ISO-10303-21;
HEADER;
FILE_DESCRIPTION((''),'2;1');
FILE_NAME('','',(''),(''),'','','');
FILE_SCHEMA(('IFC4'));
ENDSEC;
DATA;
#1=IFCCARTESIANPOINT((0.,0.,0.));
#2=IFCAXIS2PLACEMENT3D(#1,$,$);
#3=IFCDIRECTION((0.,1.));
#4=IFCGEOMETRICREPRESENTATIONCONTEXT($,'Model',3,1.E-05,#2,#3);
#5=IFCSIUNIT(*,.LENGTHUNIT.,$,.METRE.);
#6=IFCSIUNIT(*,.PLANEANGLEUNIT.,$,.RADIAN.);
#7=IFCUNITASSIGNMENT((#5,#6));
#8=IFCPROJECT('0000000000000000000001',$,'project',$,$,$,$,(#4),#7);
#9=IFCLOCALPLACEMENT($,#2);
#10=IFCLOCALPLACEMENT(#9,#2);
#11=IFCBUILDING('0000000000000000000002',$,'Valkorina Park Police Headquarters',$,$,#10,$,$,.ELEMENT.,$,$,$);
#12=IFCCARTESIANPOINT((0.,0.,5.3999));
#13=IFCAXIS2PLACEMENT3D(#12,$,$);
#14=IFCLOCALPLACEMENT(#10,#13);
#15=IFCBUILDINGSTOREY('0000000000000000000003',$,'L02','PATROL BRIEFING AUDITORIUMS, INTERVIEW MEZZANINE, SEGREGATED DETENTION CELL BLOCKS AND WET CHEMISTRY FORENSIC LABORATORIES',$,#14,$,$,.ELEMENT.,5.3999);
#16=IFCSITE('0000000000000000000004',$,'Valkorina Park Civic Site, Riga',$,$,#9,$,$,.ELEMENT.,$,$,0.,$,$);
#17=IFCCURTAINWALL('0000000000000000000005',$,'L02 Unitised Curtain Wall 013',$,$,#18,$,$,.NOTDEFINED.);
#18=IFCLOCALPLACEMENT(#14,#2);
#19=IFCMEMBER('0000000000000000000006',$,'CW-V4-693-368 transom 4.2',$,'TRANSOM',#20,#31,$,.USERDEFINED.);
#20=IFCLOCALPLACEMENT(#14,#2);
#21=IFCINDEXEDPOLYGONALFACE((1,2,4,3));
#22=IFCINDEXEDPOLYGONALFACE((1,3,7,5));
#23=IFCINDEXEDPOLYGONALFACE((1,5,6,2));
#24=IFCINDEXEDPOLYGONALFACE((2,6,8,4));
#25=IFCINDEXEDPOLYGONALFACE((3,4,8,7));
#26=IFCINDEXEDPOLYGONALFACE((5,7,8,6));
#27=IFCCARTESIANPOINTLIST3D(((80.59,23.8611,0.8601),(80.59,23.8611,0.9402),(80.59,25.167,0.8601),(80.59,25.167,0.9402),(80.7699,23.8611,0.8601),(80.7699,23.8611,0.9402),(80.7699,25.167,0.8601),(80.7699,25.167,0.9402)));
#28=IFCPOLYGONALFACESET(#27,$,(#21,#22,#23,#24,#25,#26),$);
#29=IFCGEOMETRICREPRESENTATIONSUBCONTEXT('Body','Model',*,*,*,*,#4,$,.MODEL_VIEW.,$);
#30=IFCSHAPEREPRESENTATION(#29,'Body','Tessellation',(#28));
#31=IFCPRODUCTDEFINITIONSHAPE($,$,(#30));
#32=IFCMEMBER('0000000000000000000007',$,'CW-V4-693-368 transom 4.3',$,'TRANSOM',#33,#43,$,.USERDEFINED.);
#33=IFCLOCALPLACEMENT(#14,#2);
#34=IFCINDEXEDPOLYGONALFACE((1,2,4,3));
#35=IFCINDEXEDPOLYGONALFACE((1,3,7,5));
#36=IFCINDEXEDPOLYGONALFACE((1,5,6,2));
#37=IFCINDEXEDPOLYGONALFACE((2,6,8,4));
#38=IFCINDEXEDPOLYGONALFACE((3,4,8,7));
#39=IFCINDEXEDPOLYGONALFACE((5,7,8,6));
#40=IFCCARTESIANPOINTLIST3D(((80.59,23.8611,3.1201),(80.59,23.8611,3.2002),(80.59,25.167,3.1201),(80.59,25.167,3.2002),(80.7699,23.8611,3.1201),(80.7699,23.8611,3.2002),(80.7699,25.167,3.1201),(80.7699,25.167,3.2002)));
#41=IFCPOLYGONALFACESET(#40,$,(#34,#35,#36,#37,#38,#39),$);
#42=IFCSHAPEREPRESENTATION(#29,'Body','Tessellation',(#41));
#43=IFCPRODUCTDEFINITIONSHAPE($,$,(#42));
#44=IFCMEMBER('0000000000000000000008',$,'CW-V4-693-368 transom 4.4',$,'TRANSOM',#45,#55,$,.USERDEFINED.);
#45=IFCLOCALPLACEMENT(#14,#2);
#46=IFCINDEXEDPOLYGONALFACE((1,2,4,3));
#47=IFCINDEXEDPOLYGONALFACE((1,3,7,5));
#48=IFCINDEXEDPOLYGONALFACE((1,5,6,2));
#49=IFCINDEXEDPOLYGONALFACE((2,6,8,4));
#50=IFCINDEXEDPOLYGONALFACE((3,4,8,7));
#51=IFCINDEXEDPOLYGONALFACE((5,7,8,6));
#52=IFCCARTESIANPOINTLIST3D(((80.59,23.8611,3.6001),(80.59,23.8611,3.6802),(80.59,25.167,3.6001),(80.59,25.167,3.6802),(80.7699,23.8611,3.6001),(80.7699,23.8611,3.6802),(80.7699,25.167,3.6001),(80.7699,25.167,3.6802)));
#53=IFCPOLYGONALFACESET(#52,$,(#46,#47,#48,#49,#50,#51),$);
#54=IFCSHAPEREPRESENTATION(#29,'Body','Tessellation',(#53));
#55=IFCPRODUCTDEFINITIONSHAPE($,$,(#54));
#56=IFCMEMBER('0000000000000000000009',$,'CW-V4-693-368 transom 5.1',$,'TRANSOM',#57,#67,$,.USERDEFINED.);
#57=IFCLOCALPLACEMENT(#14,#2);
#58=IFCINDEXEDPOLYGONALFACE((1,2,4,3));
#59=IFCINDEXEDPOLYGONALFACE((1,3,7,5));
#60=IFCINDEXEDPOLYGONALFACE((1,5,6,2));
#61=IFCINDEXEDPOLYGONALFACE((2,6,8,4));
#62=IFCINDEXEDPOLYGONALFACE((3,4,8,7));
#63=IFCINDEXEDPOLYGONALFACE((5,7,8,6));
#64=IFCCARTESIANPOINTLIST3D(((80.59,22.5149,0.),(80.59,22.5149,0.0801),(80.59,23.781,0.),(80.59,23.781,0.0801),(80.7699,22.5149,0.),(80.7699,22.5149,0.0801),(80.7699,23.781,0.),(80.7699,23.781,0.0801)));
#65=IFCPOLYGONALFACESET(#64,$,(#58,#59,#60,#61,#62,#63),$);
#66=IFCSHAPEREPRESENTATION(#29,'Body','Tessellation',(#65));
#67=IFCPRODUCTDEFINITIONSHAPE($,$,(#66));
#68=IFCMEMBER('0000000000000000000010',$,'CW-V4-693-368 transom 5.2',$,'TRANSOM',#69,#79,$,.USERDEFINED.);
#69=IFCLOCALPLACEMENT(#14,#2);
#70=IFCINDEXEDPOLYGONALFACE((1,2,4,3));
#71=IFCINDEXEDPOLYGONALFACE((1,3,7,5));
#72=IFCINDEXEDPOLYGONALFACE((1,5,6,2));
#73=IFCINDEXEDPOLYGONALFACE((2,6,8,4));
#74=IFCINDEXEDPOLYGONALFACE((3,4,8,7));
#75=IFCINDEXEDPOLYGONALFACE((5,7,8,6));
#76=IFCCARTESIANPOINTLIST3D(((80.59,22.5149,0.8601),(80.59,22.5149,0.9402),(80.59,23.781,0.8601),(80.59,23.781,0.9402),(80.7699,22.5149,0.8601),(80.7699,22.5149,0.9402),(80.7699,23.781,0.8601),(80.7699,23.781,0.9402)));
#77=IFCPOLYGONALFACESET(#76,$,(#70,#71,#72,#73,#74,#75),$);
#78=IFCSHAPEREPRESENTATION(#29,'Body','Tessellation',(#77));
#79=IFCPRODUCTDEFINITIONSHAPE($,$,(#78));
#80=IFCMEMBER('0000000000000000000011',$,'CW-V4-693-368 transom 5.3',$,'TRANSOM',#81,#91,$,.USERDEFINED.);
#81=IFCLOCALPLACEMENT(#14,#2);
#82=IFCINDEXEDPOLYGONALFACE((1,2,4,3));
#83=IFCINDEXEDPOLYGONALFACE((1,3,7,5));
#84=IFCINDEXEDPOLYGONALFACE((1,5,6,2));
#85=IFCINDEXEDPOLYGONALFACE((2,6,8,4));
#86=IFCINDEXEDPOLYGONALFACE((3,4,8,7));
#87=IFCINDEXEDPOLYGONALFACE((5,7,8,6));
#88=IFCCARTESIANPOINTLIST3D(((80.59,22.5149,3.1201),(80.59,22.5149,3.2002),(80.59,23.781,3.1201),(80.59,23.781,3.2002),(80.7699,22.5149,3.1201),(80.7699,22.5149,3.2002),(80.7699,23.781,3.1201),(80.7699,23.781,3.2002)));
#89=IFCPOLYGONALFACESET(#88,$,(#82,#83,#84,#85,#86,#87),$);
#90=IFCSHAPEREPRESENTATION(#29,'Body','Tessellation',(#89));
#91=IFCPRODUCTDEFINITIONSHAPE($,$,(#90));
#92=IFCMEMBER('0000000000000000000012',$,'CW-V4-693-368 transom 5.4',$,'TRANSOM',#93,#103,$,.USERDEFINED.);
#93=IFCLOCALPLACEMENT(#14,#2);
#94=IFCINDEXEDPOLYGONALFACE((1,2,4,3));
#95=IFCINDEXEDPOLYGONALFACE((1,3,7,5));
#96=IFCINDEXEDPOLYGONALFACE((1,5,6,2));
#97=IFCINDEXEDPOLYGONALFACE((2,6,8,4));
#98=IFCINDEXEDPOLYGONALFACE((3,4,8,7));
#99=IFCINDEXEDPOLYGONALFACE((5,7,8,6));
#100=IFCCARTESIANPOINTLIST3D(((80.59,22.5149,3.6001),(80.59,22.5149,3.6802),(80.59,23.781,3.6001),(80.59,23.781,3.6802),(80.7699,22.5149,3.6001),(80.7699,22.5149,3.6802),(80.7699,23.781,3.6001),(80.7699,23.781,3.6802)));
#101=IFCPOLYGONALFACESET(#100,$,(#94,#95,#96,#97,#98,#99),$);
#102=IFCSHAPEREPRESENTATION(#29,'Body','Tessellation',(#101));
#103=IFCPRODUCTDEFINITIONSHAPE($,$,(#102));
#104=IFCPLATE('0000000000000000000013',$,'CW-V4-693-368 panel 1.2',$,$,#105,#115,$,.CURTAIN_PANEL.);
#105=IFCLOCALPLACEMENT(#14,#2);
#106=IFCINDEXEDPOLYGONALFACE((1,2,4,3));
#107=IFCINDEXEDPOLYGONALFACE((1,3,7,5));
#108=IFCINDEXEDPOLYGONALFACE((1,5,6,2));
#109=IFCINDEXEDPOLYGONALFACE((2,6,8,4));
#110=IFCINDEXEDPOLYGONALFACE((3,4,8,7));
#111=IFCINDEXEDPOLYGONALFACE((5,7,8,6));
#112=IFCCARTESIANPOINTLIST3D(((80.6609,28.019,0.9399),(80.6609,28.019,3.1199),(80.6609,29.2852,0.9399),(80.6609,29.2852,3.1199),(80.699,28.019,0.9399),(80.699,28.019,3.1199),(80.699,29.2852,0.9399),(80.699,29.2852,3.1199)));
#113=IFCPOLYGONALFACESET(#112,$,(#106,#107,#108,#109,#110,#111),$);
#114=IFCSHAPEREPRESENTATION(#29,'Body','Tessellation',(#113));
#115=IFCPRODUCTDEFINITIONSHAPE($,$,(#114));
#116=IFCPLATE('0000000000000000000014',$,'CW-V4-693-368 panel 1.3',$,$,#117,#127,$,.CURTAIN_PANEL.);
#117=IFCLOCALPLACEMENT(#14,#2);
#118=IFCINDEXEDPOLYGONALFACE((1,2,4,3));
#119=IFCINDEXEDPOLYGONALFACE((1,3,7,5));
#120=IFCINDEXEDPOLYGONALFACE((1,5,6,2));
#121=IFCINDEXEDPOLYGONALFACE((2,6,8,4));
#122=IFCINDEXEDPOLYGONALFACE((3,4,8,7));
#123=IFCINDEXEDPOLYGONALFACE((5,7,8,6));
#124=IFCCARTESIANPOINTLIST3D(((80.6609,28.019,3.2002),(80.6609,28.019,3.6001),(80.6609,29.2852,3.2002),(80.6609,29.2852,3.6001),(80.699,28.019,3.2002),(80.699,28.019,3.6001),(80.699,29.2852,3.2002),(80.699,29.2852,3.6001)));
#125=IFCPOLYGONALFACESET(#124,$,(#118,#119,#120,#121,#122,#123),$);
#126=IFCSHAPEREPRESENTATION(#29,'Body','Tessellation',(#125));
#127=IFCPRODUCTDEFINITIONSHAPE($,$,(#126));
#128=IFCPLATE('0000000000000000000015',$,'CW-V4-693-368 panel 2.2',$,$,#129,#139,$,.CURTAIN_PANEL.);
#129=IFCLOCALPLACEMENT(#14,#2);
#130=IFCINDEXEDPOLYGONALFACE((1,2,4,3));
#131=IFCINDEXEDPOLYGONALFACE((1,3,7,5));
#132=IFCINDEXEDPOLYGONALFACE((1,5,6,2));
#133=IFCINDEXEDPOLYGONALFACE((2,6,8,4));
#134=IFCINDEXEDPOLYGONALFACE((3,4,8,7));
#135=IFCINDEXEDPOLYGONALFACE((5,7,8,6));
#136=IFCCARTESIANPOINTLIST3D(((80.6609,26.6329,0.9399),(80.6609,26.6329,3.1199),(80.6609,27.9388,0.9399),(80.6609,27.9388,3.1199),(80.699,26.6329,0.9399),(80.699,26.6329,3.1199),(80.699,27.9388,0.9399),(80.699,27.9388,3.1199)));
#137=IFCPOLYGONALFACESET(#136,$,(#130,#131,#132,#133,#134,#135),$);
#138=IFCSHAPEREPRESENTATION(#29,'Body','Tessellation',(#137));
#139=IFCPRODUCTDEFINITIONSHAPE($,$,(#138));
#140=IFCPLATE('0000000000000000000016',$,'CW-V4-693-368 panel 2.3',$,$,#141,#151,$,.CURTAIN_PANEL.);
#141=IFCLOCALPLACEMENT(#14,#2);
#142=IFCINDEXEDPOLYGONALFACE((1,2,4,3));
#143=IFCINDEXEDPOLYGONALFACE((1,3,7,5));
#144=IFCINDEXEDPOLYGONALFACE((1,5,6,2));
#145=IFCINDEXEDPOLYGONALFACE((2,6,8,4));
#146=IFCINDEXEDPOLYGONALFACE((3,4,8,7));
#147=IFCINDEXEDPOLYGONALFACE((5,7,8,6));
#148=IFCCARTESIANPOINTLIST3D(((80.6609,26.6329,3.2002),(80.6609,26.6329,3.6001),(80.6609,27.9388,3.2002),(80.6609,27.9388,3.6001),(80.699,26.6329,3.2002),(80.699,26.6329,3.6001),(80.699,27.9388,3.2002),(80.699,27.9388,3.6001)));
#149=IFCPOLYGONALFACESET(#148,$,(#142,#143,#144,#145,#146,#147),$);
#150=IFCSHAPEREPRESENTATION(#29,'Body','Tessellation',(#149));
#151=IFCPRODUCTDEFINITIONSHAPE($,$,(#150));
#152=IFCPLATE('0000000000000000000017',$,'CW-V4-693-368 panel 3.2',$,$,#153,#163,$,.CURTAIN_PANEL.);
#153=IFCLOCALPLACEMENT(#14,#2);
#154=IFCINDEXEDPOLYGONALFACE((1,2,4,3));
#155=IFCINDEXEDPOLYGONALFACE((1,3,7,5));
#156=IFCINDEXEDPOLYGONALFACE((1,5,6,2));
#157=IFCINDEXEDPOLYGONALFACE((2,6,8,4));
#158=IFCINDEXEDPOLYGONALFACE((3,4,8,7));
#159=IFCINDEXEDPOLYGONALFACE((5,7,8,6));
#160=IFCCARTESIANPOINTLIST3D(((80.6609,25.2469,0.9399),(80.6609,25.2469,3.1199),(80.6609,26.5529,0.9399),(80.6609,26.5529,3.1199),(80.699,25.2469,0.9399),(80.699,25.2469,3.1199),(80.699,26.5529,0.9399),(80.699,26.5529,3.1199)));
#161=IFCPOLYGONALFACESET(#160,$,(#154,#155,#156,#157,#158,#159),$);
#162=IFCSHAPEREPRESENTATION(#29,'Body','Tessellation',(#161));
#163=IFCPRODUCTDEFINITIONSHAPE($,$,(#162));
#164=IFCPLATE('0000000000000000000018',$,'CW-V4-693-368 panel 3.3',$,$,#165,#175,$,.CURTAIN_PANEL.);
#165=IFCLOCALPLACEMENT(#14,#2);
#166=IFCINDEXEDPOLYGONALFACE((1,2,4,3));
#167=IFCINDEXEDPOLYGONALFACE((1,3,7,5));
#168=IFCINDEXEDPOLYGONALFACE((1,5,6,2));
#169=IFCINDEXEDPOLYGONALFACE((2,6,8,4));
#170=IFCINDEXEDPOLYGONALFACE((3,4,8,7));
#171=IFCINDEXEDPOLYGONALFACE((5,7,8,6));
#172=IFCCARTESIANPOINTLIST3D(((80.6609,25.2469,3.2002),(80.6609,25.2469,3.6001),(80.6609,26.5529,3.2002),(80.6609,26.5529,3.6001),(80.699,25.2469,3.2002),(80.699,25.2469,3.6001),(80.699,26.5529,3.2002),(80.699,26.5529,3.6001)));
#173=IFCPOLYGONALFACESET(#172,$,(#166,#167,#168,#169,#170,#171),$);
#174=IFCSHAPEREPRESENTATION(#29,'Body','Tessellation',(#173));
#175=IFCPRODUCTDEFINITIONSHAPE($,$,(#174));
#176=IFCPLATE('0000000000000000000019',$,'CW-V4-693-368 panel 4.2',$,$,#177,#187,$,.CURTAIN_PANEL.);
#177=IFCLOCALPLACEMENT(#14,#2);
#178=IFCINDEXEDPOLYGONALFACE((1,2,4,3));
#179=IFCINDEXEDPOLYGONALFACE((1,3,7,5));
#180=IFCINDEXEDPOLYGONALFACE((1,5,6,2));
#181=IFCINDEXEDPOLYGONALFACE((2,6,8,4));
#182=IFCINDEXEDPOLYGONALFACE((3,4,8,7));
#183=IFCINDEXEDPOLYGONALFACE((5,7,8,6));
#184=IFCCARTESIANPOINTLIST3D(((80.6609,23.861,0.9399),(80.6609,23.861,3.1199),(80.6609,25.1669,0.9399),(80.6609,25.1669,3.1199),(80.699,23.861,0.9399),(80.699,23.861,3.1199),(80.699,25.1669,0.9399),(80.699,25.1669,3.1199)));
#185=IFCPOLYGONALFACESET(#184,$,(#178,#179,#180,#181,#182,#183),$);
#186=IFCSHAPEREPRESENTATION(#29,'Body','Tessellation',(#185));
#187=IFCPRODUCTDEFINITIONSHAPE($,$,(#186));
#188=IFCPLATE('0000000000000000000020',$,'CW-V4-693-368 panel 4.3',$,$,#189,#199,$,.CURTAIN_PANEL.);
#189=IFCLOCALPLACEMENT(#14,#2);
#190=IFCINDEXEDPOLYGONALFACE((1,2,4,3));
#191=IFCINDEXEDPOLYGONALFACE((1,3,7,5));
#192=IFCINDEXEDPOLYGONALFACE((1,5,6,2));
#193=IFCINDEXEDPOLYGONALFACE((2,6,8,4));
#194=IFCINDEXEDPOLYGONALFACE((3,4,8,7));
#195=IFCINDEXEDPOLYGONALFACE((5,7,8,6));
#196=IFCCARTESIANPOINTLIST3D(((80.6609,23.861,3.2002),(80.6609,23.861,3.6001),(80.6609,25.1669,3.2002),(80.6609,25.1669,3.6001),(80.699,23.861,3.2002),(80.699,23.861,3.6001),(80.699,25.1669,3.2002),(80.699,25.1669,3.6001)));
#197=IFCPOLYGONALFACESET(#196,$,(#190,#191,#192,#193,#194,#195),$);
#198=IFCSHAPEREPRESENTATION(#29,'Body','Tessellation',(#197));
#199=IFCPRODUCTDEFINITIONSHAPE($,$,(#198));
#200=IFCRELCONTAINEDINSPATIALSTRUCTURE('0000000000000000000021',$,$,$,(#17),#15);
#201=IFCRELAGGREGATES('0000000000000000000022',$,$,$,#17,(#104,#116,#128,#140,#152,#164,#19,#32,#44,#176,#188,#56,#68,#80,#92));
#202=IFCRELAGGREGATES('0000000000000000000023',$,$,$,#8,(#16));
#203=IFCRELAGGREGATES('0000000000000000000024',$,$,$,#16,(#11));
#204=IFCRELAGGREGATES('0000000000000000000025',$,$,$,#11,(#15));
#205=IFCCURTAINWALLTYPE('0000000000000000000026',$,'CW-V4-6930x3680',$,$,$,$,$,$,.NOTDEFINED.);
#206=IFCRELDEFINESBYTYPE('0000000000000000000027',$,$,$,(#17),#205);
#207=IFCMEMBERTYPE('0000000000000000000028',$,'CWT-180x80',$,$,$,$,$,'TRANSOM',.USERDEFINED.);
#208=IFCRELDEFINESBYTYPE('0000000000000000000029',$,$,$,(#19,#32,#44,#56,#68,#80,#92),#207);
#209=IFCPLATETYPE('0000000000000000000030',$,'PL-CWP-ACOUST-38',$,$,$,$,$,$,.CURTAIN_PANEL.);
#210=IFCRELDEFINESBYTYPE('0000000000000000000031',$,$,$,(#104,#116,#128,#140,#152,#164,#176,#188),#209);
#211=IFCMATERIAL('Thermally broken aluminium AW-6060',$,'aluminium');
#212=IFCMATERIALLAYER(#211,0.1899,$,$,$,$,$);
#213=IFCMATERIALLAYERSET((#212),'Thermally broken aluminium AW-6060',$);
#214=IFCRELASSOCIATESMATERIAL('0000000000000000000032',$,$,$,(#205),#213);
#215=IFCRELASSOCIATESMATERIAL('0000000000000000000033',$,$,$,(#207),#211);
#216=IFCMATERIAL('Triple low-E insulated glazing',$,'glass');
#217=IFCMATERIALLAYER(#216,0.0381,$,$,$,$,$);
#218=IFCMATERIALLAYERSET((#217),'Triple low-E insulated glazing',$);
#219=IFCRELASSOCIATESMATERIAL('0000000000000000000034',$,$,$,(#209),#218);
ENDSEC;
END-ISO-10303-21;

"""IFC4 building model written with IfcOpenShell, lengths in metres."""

from ifc_helpers import new_model, si_unit, direction, frame, origin, origin_2d, place, context, subcontext, project, spatial, rectangle, extrude, material, layer, layer_set, material_profile, profile_set, type_object, element, aggregate, save


model = new_model("IFC4")

# Units and contexts
model_context = context("Model", 3, precision=1e-05, world=origin(), true_north=direction((0.0, 1.0)))
body_context = subcontext(model_context, "Body", "Model", "MODEL_VIEW")
ifc_project = project(units=[si_unit("LENGTHUNIT", "METRE"), si_unit("PLANEANGLEUNIT", "RADIAN")], contexts=[model_context])

# Site, building, storey
site_placement = place(None, origin())
site = spatial("IfcSite", under=ifc_project, at=site_placement, Name="Valkorina Park Civic Site, Riga", CompositionType="ELEMENT", RefElevation=0.0)
building_placement = place(site_placement, origin())
building = spatial("IfcBuilding", under=site, at=building_placement, Name="Valkorina Park Police Headquarters", CompositionType="ELEMENT")
storey_placement = place(building_placement, frame((0.0, 0.0, 5.3999)))
storey = spatial("IfcBuildingStorey", under=building, at=storey_placement, Name="L02", Description="PATROL BRIEFING AUDITORIUMS, INTERVIEW MEZZANINE, SEGREGATED DETENTION CELL BLOCKS AND WET CHEMISTRY FORENSIC LABORATORIES", CompositionType="ELEMENT", Elevation=5.3999)

# Curtain wall
ifc_material_1 = material(Name="Thermally broken aluminium AW-6060", Category="aluminium")
ifc_layer_1 = layer(ifc_material_1, 0.1899)
ifc_layer_set_1 = layer_set([ifc_layer_1], Name="Thermally broken aluminium AW-6060")
curtain_wall_type_1 = type_object("IfcCurtainWallType", Name="CW-V4-6930x3680", PredefinedType="NOTDEFINED", material=ifc_layer_set_1)
curtain_wall_1_placement = place(storey_placement, origin())
curtain_wall_1 = element("IfcCurtainWall", 1, at=curtain_wall_1_placement, inside=storey, type_object=curtain_wall_type_1, Name="L02 Unitised Curtain Wall 013", PredefinedType="NOTDEFINED")

# Members
ifc_material_profile_1 = material_profile(ifc_material_1, rectangle(XDim=0.1799, YDim=0.0801, at=origin_2d()), Name="CWT-03 180x80")
ifc_profile_set_1 = profile_set([ifc_material_profile_1], Name="Thermally broken aluminium AW-6060")
member_type_1 = type_object("IfcMemberType", Name="CWT-180x80", ElementType="TRANSOM", PredefinedType="USERDEFINED", material=ifc_profile_set_1)
member_1_placement = place(storey_placement, frame((80.6799, 25.167, 0.9001), z_axis=(0.0, -1.0, 0.0), x_axis=(1.0, 0.0, 0.0)))
member_1 = element("IfcMember", 2, at=member_1_placement, type_object=member_type_1, Name="CW-V4-693-368 transom 4.2", ObjectType="TRANSOM", PredefinedType="USERDEFINED", context=body_context, shape_type="SweptSolid", body=[
    extrude(rectangle(XDim=0.1799, YDim=0.0801, at=origin_2d()), origin(), (0.0, 0.0, 1.0), 1.3059),
])
member_2_placement = place(storey_placement, frame((80.6799, 25.167, 3.1602), z_axis=(0.0, -1.0, 0.0), x_axis=(1.0, 0.0, 0.0)))
member_2 = element("IfcMember", 3, at=member_2_placement, type_object=member_type_1, Name="CW-V4-693-368 transom 4.3", ObjectType="TRANSOM", PredefinedType="USERDEFINED", context=body_context, shape_type="SweptSolid", body=[
    extrude(rectangle(XDim=0.1799, YDim=0.0801, at=origin_2d()), origin(), (0.0, 0.0, 1.0), 1.3059),
])
member_3_placement = place(storey_placement, frame((80.6799, 25.167, 3.6401), z_axis=(0.0, -1.0, 0.0), x_axis=(1.0, 0.0, 0.0)))
member_3 = element("IfcMember", 4, at=member_3_placement, type_object=member_type_1, Name="CW-V4-693-368 transom 4.4", ObjectType="TRANSOM", PredefinedType="USERDEFINED", context=body_context, shape_type="SweptSolid", body=[
    extrude(rectangle(XDim=0.1799, YDim=0.0801, at=origin_2d()), origin(), (0.0, 0.0, 1.0), 1.3059),
])
member_4_placement = place(storey_placement, frame((80.6799, 23.781, 0.04), z_axis=(0.0, -1.0, 0.0), x_axis=(1.0, 0.0, 0.0)))
member_4 = element("IfcMember", 5, at=member_4_placement, type_object=member_type_1, Name="CW-V4-693-368 transom 5.1", ObjectType="TRANSOM", PredefinedType="USERDEFINED", context=body_context, shape_type="SweptSolid", body=[
    extrude(rectangle(XDim=0.1799, YDim=0.0801, at=origin_2d()), origin(), (0.0, 0.0, 1.0), 1.2661),
])
member_5_placement = place(storey_placement, frame((80.6799, 23.781, 0.9001), z_axis=(0.0, -1.0, 0.0), x_axis=(1.0, 0.0, 0.0)))
member_5 = element("IfcMember", 6, at=member_5_placement, type_object=member_type_1, Name="CW-V4-693-368 transom 5.2", ObjectType="TRANSOM", PredefinedType="USERDEFINED", context=body_context, shape_type="SweptSolid", body=[
    extrude(rectangle(XDim=0.1799, YDim=0.0801, at=origin_2d()), origin(), (0.0, 0.0, 1.0), 1.2661),
])
member_6_placement = place(storey_placement, frame((80.6799, 23.781, 3.1602), z_axis=(0.0, -1.0, 0.0), x_axis=(1.0, 0.0, 0.0)))
member_6 = element("IfcMember", 7, at=member_6_placement, type_object=member_type_1, Name="CW-V4-693-368 transom 5.3", ObjectType="TRANSOM", PredefinedType="USERDEFINED", context=body_context, shape_type="SweptSolid", body=[
    extrude(rectangle(XDim=0.1799, YDim=0.0801, at=origin_2d()), origin(), (0.0, 0.0, 1.0), 1.2661),
])
member_7_placement = place(storey_placement, frame((80.6799, 23.781, 3.6401), z_axis=(0.0, -1.0, 0.0), x_axis=(1.0, 0.0, 0.0)))
member_7 = element("IfcMember", 8, at=member_7_placement, type_object=member_type_1, Name="CW-V4-693-368 transom 5.4", ObjectType="TRANSOM", PredefinedType="USERDEFINED", context=body_context, shape_type="SweptSolid", body=[
    extrude(rectangle(XDim=0.1799, YDim=0.0801, at=origin_2d()), origin(), (0.0, 0.0, 1.0), 1.2661),
])

# Plates
ifc_material_2 = material(Name="Triple low-E insulated glazing", Category="glass")
ifc_layer_2 = layer(ifc_material_2, 0.0381)
ifc_layer_set_2 = layer_set([ifc_layer_2], Name="Triple low-E insulated glazing")
plate_type_1 = type_object("IfcPlateType", Name="PL-CWP-ACOUST-38", PredefinedType="CURTAIN_PANEL", material=ifc_layer_set_2)
plate_1_placement = place(storey_placement, frame((80.6799, 28.6521, 0.9399), z_axis=(0.0, 0.0, 1.0), x_axis=(0.0, -1.0, 0.0)))
plate_1 = element("IfcPlate", 9, at=plate_1_placement, type_object=plate_type_1, Name="CW-V4-693-368 panel 1.2", PredefinedType="CURTAIN_PANEL", context=body_context, shape_type="SweptSolid", body=[
    extrude(rectangle(XDim=1.2661, YDim=0.0381, at=origin_2d()), origin(), (0.0, 0.0, 1.0), 2.1799),
])
plate_2_placement = place(storey_placement, frame((80.6799, 28.6521, 3.2002), z_axis=(0.0, 0.0, 1.0), x_axis=(0.0, -1.0, 0.0)))
plate_2 = element("IfcPlate", 10, at=plate_2_placement, type_object=plate_type_1, Name="CW-V4-693-368 panel 1.3", PredefinedType="CURTAIN_PANEL", context=body_context, shape_type="SweptSolid", body=[
    extrude(rectangle(XDim=1.2661, YDim=0.0381, at=origin_2d()), origin(), (0.0, 0.0, 1.0), 0.3999),
])
plate_3_placement = place(storey_placement, frame((80.6799, 27.2859, 0.9399), z_axis=(0.0, 0.0, 1.0), x_axis=(0.0, -1.0, 0.0)))
plate_3 = element("IfcPlate", 11, at=plate_3_placement, type_object=plate_type_1, Name="CW-V4-693-368 panel 2.2", PredefinedType="CURTAIN_PANEL", context=body_context, shape_type="SweptSolid", body=[
    extrude(rectangle(XDim=1.3059, YDim=0.0381, at=origin_2d()), origin(), (0.0, 0.0, 1.0), 2.1799),
])
plate_4_placement = place(storey_placement, frame((80.6799, 27.2859, 3.2002), z_axis=(0.0, 0.0, 1.0), x_axis=(0.0, -1.0, 0.0)))
plate_4 = element("IfcPlate", 12, at=plate_4_placement, type_object=plate_type_1, Name="CW-V4-693-368 panel 2.3", PredefinedType="CURTAIN_PANEL", context=body_context, shape_type="SweptSolid", body=[
    extrude(rectangle(XDim=1.3059, YDim=0.0381, at=origin_2d()), origin(), (0.0, 0.0, 1.0), 0.3999),
])
plate_5_placement = place(storey_placement, frame((80.6799, 25.8999, 0.9399), z_axis=(0.0, 0.0, 1.0), x_axis=(0.0, -1.0, 0.0)))
plate_5 = element("IfcPlate", 13, at=plate_5_placement, type_object=plate_type_1, Name="CW-V4-693-368 panel 3.2", PredefinedType="CURTAIN_PANEL", context=body_context, shape_type="SweptSolid", body=[
    extrude(rectangle(XDim=1.3059, YDim=0.0381, at=origin_2d()), origin(), (0.0, 0.0, 1.0), 2.1799),
])
plate_6_placement = place(storey_placement, frame((80.6799, 25.8999, 3.2002), z_axis=(0.0, 0.0, 1.0), x_axis=(0.0, -1.0, 0.0)))
plate_6 = element("IfcPlate", 14, at=plate_6_placement, type_object=plate_type_1, Name="CW-V4-693-368 panel 3.3", PredefinedType="CURTAIN_PANEL", context=body_context, shape_type="SweptSolid", body=[
    extrude(rectangle(XDim=1.3059, YDim=0.0381, at=origin_2d()), origin(), (0.0, 0.0, 1.0), 0.3999),
])
plate_7_placement = place(storey_placement, frame((80.6799, 24.5139, 0.9399), z_axis=(0.0, 0.0, 1.0), x_axis=(0.0, -1.0, 0.0)))
plate_7 = element("IfcPlate", 15, at=plate_7_placement, type_object=plate_type_1, Name="CW-V4-693-368 panel 4.2", PredefinedType="CURTAIN_PANEL", context=body_context, shape_type="SweptSolid", body=[
    extrude(rectangle(XDim=1.3059, YDim=0.0381, at=origin_2d()), origin(), (0.0, 0.0, 1.0), 2.1799),
])
plate_8_placement = place(storey_placement, frame((80.6799, 24.5139, 3.2002), z_axis=(0.0, 0.0, 1.0), x_axis=(0.0, -1.0, 0.0)))
plate_8 = element("IfcPlate", 16, at=plate_8_placement, type_object=plate_type_1, Name="CW-V4-693-368 panel 4.3", PredefinedType="CURTAIN_PANEL", context=body_context, shape_type="SweptSolid", body=[
    extrude(rectangle(XDim=1.3059, YDim=0.0381, at=origin_2d()), origin(), (0.0, 0.0, 1.0), 0.3999),
])
aggregate(curtain_wall_1, [plate_1, plate_2, plate_3, plate_4, plate_5, plate_6, member_1, member_2, member_3, plate_7, plate_8, member_4, member_5, member_6, member_7])

save(model, "model.ifc")
